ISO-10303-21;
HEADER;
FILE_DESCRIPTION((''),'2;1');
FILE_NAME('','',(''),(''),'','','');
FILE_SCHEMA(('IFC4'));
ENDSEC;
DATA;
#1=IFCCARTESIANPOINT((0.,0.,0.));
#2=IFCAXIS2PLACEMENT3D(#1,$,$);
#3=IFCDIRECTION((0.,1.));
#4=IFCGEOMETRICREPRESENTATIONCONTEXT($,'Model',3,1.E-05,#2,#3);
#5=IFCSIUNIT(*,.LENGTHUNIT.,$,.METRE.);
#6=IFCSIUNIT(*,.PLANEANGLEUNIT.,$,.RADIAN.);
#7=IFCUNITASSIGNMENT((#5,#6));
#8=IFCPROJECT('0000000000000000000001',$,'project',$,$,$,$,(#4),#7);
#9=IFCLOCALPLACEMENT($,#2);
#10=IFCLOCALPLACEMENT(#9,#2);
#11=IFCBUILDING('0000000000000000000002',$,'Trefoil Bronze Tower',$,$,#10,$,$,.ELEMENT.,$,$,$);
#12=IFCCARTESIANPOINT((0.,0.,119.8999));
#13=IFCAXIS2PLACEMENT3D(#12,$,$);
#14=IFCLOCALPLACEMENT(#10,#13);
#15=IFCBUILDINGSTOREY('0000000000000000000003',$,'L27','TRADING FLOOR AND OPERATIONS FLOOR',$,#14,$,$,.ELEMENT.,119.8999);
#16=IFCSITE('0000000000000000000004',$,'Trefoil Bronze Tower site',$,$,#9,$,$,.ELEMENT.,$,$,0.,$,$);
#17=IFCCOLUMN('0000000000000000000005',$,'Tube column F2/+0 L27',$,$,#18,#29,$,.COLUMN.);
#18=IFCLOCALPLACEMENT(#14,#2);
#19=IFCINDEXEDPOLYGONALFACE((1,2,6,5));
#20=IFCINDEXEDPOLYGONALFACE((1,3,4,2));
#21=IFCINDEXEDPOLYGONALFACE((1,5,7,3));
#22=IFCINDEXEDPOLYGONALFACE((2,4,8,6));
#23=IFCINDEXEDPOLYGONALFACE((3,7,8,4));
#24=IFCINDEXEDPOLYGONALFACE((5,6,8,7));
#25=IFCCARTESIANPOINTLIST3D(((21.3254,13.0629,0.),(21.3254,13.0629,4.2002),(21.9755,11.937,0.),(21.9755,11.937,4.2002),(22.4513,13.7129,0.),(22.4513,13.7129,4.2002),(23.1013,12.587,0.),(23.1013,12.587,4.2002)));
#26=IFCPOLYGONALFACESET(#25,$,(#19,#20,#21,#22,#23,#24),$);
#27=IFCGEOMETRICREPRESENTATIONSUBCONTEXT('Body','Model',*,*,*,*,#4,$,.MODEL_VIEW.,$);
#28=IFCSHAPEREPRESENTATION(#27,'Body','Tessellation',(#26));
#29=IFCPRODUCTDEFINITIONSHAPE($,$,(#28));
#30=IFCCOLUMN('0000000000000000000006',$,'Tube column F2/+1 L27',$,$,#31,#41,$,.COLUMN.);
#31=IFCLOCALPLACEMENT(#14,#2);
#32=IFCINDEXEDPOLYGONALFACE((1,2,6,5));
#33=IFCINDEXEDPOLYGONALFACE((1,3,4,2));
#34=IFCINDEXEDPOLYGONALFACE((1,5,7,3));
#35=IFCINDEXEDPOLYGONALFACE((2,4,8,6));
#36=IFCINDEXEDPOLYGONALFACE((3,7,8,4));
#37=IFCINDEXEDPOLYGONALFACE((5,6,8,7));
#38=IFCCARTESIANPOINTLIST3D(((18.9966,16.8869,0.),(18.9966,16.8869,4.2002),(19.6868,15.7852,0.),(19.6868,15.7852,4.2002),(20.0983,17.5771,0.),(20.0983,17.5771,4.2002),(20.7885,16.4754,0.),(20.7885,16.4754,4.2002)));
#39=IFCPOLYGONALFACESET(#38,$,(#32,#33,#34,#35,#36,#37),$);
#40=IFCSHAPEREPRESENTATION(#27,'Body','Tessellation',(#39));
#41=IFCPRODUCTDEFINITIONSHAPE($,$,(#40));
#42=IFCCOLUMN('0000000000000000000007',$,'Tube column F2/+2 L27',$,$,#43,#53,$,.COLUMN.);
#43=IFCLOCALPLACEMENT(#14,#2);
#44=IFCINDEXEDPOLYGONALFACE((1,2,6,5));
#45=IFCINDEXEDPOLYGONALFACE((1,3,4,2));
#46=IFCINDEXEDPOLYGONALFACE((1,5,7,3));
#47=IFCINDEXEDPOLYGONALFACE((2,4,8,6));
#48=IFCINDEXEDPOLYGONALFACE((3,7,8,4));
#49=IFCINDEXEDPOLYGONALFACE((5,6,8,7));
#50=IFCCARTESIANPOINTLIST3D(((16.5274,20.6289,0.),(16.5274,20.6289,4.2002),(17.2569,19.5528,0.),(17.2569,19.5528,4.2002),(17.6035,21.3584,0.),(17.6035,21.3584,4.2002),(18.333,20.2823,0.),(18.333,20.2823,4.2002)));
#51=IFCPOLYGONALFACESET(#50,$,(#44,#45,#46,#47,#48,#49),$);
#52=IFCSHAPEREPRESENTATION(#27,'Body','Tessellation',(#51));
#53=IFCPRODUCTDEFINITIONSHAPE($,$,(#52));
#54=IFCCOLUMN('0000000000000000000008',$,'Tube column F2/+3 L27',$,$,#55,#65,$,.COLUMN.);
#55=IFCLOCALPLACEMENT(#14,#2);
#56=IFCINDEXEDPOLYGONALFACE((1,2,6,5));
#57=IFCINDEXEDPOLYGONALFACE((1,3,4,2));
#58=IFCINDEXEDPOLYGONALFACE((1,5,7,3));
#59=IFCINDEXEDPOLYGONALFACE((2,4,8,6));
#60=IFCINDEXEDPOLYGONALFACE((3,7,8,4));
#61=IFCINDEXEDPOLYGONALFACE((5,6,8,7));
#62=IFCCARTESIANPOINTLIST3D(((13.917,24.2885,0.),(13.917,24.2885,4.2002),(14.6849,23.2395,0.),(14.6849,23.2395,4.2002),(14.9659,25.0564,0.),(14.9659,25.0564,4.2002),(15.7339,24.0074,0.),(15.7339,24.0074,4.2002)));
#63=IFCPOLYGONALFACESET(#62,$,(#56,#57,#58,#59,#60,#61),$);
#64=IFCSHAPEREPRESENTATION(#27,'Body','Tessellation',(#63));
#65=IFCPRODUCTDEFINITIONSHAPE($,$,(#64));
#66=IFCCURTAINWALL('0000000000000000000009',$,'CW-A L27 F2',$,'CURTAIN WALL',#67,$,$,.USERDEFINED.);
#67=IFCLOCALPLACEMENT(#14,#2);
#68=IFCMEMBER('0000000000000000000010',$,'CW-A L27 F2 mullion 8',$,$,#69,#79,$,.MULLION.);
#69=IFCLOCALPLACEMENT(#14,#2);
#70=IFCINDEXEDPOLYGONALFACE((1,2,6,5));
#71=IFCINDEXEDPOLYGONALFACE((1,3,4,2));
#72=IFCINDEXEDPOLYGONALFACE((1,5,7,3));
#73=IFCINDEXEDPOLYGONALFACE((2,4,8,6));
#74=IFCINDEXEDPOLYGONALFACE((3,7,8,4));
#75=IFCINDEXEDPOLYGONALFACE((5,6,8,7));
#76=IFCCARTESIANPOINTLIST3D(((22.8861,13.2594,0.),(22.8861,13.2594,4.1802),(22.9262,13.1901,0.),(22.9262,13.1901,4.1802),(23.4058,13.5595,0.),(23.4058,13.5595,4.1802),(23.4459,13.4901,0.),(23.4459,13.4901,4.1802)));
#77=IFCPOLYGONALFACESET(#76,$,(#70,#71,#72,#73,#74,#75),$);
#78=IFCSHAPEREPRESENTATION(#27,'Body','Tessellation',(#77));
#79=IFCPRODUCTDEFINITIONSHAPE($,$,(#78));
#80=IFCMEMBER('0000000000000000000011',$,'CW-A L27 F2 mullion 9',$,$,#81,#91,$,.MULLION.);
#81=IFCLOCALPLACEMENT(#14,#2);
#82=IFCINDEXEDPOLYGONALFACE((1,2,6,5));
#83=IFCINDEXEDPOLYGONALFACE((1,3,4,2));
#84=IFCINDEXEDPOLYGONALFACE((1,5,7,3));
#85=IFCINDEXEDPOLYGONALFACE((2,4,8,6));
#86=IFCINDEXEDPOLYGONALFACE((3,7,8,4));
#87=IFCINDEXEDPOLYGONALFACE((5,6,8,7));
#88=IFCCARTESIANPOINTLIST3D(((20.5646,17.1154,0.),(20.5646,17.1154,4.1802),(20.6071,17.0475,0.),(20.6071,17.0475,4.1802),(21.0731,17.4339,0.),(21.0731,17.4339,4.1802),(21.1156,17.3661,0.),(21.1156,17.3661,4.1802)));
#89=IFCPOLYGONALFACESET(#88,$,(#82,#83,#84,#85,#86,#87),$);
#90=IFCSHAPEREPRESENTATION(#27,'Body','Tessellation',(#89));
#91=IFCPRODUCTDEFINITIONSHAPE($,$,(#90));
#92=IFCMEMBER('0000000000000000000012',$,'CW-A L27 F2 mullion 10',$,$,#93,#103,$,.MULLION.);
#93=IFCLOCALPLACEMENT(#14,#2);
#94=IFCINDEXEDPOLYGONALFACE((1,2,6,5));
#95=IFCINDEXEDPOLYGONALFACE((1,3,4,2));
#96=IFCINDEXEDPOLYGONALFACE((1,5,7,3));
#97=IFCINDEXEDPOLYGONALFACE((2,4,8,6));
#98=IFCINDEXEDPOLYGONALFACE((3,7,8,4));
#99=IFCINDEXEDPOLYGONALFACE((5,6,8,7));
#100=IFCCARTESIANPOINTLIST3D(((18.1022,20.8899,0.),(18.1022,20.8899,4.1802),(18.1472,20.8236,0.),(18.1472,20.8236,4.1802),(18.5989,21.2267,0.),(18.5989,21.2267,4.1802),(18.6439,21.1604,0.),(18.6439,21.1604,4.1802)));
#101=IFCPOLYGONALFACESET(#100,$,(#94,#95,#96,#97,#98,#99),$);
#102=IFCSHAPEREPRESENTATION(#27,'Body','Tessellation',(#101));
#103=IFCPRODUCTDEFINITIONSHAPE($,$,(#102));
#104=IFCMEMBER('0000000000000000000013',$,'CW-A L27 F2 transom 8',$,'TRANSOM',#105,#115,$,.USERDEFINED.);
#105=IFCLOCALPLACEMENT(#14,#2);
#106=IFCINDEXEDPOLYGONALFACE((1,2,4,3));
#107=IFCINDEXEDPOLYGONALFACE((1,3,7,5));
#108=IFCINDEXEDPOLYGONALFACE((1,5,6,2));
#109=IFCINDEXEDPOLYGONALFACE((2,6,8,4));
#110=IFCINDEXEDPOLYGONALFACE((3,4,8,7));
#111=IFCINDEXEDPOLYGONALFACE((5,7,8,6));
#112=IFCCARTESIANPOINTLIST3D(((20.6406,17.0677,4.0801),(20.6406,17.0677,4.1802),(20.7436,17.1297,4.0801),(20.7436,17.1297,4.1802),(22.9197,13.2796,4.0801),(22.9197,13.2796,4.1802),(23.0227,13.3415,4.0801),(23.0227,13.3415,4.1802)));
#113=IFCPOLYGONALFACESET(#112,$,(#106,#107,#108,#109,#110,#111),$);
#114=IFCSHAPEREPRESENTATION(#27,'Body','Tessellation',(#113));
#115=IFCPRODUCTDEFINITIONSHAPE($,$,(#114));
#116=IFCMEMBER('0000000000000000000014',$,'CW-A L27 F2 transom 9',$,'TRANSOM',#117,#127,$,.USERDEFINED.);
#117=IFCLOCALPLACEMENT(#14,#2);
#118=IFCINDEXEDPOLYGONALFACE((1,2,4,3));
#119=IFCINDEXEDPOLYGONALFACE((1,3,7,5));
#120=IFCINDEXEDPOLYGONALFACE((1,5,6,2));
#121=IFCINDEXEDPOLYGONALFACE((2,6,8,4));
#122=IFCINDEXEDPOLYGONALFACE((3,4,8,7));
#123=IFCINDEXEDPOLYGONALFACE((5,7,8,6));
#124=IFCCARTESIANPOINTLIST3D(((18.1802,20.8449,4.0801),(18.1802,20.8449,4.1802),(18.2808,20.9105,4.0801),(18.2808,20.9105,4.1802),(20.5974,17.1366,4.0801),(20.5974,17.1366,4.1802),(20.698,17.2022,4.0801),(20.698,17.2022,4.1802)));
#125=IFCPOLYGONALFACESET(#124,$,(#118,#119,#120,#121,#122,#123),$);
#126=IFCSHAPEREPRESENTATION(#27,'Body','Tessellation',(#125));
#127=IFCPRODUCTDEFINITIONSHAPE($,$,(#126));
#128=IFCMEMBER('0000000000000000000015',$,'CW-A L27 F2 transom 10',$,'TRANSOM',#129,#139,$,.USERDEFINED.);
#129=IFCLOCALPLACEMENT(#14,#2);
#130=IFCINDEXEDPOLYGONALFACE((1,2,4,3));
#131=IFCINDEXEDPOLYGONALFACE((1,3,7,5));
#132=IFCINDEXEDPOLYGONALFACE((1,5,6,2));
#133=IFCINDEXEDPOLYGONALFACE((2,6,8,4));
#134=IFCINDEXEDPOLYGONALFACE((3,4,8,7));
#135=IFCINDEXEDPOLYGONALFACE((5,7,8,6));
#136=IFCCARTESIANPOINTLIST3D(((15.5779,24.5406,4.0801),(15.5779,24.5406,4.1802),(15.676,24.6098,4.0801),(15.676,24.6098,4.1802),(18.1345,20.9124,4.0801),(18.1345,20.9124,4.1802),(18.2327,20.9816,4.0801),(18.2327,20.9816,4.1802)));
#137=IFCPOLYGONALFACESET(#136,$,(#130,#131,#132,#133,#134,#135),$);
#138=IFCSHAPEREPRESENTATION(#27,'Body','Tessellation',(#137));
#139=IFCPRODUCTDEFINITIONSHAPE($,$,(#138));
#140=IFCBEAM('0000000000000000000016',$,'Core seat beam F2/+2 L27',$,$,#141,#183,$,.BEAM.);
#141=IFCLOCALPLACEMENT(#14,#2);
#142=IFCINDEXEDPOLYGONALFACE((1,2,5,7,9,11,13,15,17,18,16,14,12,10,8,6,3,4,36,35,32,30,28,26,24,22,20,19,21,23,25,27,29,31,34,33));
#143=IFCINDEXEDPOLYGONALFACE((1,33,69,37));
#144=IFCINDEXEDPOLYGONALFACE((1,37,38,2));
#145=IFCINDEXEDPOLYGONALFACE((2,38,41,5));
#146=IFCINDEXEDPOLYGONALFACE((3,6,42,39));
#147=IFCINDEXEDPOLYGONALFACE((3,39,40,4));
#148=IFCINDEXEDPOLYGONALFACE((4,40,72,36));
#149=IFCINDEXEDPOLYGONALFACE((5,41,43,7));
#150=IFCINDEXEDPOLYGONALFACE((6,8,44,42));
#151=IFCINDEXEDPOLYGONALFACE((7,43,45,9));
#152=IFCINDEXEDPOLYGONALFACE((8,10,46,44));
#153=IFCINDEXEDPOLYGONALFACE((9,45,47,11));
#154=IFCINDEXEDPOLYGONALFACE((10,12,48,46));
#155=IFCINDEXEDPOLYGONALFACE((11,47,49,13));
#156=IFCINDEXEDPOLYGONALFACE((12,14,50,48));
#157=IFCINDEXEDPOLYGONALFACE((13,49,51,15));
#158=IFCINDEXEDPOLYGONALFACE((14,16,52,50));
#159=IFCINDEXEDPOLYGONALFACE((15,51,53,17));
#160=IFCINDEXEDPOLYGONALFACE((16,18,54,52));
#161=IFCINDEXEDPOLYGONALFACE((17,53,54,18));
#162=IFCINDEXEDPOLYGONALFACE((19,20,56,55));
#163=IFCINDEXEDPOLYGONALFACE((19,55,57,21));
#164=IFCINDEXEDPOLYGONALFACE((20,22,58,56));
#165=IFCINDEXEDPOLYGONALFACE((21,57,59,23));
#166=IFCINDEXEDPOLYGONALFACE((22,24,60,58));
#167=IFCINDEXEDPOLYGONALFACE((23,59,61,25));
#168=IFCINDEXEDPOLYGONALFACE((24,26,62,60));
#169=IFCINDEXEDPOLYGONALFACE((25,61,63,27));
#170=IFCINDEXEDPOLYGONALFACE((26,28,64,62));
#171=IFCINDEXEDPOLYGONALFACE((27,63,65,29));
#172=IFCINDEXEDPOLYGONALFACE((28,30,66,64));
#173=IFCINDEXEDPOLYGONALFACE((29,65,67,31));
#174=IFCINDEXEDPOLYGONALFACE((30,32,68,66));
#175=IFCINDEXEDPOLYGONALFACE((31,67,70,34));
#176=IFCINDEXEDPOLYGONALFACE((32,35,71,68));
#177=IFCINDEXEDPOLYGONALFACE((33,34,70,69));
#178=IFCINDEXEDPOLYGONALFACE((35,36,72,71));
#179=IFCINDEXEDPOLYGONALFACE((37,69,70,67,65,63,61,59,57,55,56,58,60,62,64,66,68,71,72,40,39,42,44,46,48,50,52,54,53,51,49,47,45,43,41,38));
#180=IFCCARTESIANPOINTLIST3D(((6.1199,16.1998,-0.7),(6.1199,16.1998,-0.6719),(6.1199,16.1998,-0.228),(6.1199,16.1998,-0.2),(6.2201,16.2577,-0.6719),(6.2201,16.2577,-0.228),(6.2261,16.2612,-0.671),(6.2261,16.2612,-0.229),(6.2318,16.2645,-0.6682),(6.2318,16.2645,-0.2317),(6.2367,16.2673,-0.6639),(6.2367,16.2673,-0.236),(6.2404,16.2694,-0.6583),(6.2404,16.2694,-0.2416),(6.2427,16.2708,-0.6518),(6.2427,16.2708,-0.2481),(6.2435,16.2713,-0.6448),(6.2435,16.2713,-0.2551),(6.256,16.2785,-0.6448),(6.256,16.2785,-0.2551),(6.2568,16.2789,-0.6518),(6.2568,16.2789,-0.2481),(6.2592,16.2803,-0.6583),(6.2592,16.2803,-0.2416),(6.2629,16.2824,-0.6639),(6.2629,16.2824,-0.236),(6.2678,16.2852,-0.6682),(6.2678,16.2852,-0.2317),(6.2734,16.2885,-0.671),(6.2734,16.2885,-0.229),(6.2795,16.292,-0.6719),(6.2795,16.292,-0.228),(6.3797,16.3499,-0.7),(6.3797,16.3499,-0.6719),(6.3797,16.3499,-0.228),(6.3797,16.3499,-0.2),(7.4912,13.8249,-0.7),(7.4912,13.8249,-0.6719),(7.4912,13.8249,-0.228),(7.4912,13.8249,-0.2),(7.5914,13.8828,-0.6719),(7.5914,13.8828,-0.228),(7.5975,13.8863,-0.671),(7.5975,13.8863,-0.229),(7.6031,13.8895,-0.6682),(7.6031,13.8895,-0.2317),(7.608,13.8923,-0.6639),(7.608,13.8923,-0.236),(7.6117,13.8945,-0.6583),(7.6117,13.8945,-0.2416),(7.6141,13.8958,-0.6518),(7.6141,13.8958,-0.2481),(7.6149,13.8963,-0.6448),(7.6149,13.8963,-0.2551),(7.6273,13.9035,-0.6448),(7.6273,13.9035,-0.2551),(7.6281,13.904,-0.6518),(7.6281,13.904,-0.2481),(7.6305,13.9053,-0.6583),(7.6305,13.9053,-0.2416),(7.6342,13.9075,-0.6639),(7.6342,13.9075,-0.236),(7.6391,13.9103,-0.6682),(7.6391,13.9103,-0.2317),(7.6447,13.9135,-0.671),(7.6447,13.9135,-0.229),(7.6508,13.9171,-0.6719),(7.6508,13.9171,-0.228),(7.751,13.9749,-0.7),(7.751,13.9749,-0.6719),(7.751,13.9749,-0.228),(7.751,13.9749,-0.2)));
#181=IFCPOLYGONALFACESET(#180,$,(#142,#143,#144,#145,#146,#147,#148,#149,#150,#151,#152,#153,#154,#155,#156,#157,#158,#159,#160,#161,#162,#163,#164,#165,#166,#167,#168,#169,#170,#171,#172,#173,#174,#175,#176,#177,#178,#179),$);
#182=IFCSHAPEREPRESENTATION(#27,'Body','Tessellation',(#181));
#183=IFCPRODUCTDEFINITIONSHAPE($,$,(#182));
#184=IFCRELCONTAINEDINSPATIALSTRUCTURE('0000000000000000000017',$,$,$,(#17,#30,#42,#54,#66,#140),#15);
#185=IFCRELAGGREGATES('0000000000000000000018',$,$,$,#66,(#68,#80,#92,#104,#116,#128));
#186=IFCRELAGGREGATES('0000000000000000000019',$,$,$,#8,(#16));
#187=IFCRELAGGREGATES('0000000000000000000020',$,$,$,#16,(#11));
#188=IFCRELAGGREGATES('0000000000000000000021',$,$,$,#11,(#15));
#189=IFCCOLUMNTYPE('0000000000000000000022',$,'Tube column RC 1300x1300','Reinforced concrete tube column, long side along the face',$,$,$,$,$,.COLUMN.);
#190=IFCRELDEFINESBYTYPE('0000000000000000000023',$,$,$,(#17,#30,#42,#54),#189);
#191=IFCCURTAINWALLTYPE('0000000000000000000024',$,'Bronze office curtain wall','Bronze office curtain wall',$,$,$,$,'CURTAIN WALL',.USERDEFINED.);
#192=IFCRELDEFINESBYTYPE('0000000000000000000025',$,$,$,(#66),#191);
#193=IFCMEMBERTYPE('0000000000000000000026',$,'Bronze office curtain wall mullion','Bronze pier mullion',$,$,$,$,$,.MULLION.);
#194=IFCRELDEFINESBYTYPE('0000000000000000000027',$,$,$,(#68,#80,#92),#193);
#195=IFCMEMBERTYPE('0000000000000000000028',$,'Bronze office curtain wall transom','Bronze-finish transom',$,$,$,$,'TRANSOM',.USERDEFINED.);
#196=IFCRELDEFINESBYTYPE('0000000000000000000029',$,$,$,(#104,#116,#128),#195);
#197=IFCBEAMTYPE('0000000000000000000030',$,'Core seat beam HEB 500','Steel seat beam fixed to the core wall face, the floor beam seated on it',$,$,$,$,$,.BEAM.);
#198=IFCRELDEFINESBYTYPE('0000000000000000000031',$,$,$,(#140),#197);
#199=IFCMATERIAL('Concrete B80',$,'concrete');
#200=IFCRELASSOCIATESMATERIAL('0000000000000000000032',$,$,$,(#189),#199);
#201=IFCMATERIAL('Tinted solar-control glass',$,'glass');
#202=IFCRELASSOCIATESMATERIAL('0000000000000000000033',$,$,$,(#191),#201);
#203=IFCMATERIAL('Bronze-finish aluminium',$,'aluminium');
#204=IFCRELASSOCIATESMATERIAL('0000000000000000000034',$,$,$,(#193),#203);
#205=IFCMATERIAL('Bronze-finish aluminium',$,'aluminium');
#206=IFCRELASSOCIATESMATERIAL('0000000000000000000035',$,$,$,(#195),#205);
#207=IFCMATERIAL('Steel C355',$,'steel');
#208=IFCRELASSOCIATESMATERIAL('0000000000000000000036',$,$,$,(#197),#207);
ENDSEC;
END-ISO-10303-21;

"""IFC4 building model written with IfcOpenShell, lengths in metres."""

from ifc_helpers import new_model, si_unit, direction, frame, origin, origin_2d, place, context, subcontext, project, spatial, rectangle, i_section, extrude, material, material_profile, profile_set, type_object, element, aggregate, save


model = new_model("IFC4")

# Units and contexts
model_context = context("Model", 3, precision=1e-05, world=origin(), true_north=direction((0.0, 1.0)))
body_context = subcontext(model_context, "Body", "Model", "MODEL_VIEW")
ifc_project = project(units=[si_unit("LENGTHUNIT", "METRE"), si_unit("PLANEANGLEUNIT", "RADIAN")], contexts=[model_context])

# Site, building, storey
site_placement = place(None, origin())
site = spatial("IfcSite", under=ifc_project, at=site_placement, Name="Trefoil Bronze Tower site", CompositionType="ELEMENT", RefElevation=0.0)
building_placement = place(site_placement, origin())
building = spatial("IfcBuilding", under=site, at=building_placement, Name="Trefoil Bronze Tower", CompositionType="ELEMENT")
storey_placement = place(building_placement, frame((0.0, 0.0, 119.8999)))
storey = spatial("IfcBuildingStorey", under=building, at=storey_placement, Name="L27", Description="TRADING FLOOR AND OPERATIONS FLOOR", CompositionType="ELEMENT", Elevation=119.8999)

# Columns
ifc_material_1 = material(Name="Concrete B80", Category="concrete")
ifc_material_profile_1 = material_profile(ifc_material_1, rectangle(XDim=1.3, YDim=1.3, at=origin_2d()), Name="RC 1300x1300")
ifc_profile_set_1 = profile_set([ifc_material_profile_1], Name="Concrete B80")
column_type = type_object("IfcColumnType", Name="Tube column RC 1300x1300", Description="Reinforced concrete tube column, long side along the face", PredefinedType="COLUMN", material=ifc_profile_set_1)
for number, where, z_axis, x_axis, name in (
    (1, (22.2134, 12.825, 0.0), (0.0, 0.0, 1.0), (-0.5, 0.866025, 0.0), "Tube column F2/+0 L27"),
    (2, (19.8926, 16.6812, 0.0), (0.0, 0.0, 1.0), (-0.530893, 0.847439, 0.0), "Tube column F2/+1 L27"),
    (3, (17.4302, 20.4556, 0.0), (0.0, 0.0, 1.0), (-0.561136, 0.827724, 0.0), "Tube column F2/+2 L27"),
    (4, (14.8254, 24.1479, 0.0), (0.0, 0.0, 1.0), (-0.590723, 0.806875, 0.0), "Tube column F2/+3 L27"),
):
    element("IfcColumn", number, at=place(storey_placement, frame(where, z_axis=z_axis, x_axis=x_axis)), inside=storey, type_object=column_type, Name=name, PredefinedType="COLUMN", context=body_context, shape_type="SweptSolid", body=[
        extrude(rectangle(XDim=1.3, YDim=1.3, at=origin_2d()), origin(), (0.0, 0.0, 1.0), 4.2002),
    ])

# Curtain wall, members
ifc_material_2 = material(Name="Tinted solar-control glass", Category="glass")
curtain_wall_type = type_object("IfcCurtainWallType", Name="Bronze office curtain wall", Description="Bronze office curtain wall", ElementType="CURTAIN WALL", PredefinedType="USERDEFINED", material=ifc_material_2)
curtain_wall_placement = place(storey_placement, origin())
curtain_wall = element("IfcCurtainWall", 5, at=curtain_wall_placement, inside=storey, type_object=curtain_wall_type, Name="CW-A L27 F2", ObjectType="CURTAIN WALL", PredefinedType="USERDEFINED")
ifc_material_3 = material(Name="Bronze-finish aluminium", Category="aluminium")
ifc_material_profile_2 = material_profile(ifc_material_3, rectangle(XDim=0.6001, YDim=0.0801, at=origin_2d()), Name="CW-A mullion")
ifc_profile_set_2 = profile_set([ifc_material_profile_2], Name="Bronze-finish aluminium")
member_type_1 = type_object("IfcMemberType", Name="Bronze office curtain wall mullion", Description="Bronze pier mullion", PredefinedType="MULLION", material=ifc_profile_set_2)
member_1_placement = place(storey_placement, frame((23.166, 13.3748, 0.0), z_axis=(0.0, 0.0, 1.0), x_axis=(-0.866025, -0.5, 0.0)))
member_1 = element("IfcMember", 6, at=member_1_placement, type_object=member_type_1, Name="CW-A L27 F2 mullion 8", PredefinedType="MULLION", context=body_context, shape_type="SweptSolid", body=[
    extrude(rectangle(XDim=0.6001, YDim=0.0801, at=origin_2d()), origin(), (0.0, 0.0, 1.0), 4.1802),
])
member_2_placement = place(storey_placement, frame((20.8401, 17.2407, 0.0), z_axis=(0.0, 0.0, 1.0), x_axis=(-0.847439, -0.530893, 0.0)))
member_2 = element("IfcMember", 7, at=member_2_placement, type_object=member_type_1, Name="CW-A L27 F2 mullion 9", PredefinedType="MULLION", context=body_context, shape_type="SweptSolid", body=[
    extrude(rectangle(XDim=0.6001, YDim=0.0801, at=origin_2d()), origin(), (0.0, 0.0, 1.0), 4.1802),
])
member_3_placement = place(storey_placement, frame((18.373, 21.0251, 0.0), z_axis=(0.0, 0.0, 1.0), x_axis=(-0.827724, -0.561136, 0.0)))
member_3 = element("IfcMember", 8, at=member_3_placement, type_object=member_type_1, Name="CW-A L27 F2 mullion 10", PredefinedType="MULLION", context=body_context, shape_type="SweptSolid", body=[
    extrude(rectangle(XDim=0.6001, YDim=0.0801, at=origin_2d()), origin(), (0.0, 0.0, 1.0), 4.1802),
])
ifc_material_4 = material(Name="Bronze-finish aluminium", Category="aluminium")
ifc_material_profile_3 = material_profile(ifc_material_4, rectangle(XDim=0.1201, YDim=0.1001, at=origin_2d()), Name="CW-A transom")
ifc_profile_set_3 = profile_set([ifc_material_profile_3], Name="Bronze-finish aluminium")
member_type_2 = type_object("IfcMemberType", Name="Bronze office curtain wall transom", Description="Bronze-finish transom", ElementType="TRANSOM", PredefinedType="USERDEFINED", material=ifc_profile_set_3)
member_4_placement = place(storey_placement, frame((22.9712, 13.3105, 4.1301), z_axis=(-0.515527, 0.856873, 0.0), x_axis=(-0.856873, -0.515527, 0.0)))
member_4 = element("IfcMember", 9, at=member_4_placement, type_object=member_type_2, Name="CW-A L27 F2 transom 8", ObjectType="TRANSOM", PredefinedType="USERDEFINED", context=body_context, shape_type="SweptSolid", body=[
    extrude(rectangle(XDim=0.1201, YDim=0.1001, at=origin_2d()), origin(), (0.0, 0.0, 1.0), 4.4209),
])
member_5_placement = place(storey_placement, frame((20.6477, 17.1694, 4.1301), z_axis=(-0.546079, 0.837733, 0.0), x_axis=(-0.837733, -0.546079, 0.0)))
member_5 = element("IfcMember", 10, at=member_5_placement, type_object=member_type_2, Name="CW-A L27 F2 transom 9", ObjectType="TRANSOM", PredefinedType="USERDEFINED", context=body_context, shape_type="SweptSolid", body=[
    extrude(rectangle(XDim=0.1201, YDim=0.1001, at=origin_2d()), origin(), (0.0, 0.0, 1.0), 4.4265),
])
member_6_placement = place(storey_placement, frame((18.1836, 20.947, 4.1301), z_axis=(-0.576018, 0.817437, 0.0), x_axis=(-0.817437, -0.576018, 0.0)))
member_6 = element("IfcMember", 11, at=member_6_placement, type_object=member_type_2, Name="CW-A L27 F2 transom 10", ObjectType="TRANSOM", PredefinedType="USERDEFINED", context=body_context, shape_type="SweptSolid", body=[
    extrude(rectangle(XDim=0.1201, YDim=0.1001, at=origin_2d()), origin(), (0.0, 0.0, 1.0), 4.4385),
])

# Beam
ifc_material_5 = material(Name="Steel C355", Category="steel")
ifc_material_profile_4 = material_profile(ifc_material_5, i_section(OverallWidth=0.3, OverallDepth=0.5, WebThickness=0.0144, FlangeThickness=0.0281, FilletRadius=0.0271, at=origin_2d()), Name="HEB 500")
ifc_profile_set_4 = profile_set([ifc_material_profile_4], Name="Steel C355")
beam_type_1 = type_object("IfcBeamType", Name="Core seat beam HEB 500", Description="Steel seat beam fixed to the core wall face, the floor beam seated on it", PredefinedType="BEAM", material=ifc_profile_set_4)
beam_1_placement = place(storey_placement, frame((7.6211, 13.8999, -0.45), z_axis=(-0.500036, 0.866005, 0.0), x_axis=(-0.866005, -0.500036, 0.0)))
element("IfcBeam", 12, at=beam_1_placement, inside=storey, type_object=beam_type_1, Name="Core seat beam F2/+2 L27", PredefinedType="BEAM", context=body_context, shape_type="SweptSolid", body=[
    extrude(i_section(OverallWidth=0.3, OverallDepth=0.5, WebThickness=0.0144, FlangeThickness=0.0281, FilletRadius=0.0271, at=origin_2d()), origin(), (0.0, 0.0, 1.0), 2.7424),
])

aggregate(curtain_wall, [member_1, member_2, member_3, member_4, member_5, member_6])

save(model, "model.ifc")
